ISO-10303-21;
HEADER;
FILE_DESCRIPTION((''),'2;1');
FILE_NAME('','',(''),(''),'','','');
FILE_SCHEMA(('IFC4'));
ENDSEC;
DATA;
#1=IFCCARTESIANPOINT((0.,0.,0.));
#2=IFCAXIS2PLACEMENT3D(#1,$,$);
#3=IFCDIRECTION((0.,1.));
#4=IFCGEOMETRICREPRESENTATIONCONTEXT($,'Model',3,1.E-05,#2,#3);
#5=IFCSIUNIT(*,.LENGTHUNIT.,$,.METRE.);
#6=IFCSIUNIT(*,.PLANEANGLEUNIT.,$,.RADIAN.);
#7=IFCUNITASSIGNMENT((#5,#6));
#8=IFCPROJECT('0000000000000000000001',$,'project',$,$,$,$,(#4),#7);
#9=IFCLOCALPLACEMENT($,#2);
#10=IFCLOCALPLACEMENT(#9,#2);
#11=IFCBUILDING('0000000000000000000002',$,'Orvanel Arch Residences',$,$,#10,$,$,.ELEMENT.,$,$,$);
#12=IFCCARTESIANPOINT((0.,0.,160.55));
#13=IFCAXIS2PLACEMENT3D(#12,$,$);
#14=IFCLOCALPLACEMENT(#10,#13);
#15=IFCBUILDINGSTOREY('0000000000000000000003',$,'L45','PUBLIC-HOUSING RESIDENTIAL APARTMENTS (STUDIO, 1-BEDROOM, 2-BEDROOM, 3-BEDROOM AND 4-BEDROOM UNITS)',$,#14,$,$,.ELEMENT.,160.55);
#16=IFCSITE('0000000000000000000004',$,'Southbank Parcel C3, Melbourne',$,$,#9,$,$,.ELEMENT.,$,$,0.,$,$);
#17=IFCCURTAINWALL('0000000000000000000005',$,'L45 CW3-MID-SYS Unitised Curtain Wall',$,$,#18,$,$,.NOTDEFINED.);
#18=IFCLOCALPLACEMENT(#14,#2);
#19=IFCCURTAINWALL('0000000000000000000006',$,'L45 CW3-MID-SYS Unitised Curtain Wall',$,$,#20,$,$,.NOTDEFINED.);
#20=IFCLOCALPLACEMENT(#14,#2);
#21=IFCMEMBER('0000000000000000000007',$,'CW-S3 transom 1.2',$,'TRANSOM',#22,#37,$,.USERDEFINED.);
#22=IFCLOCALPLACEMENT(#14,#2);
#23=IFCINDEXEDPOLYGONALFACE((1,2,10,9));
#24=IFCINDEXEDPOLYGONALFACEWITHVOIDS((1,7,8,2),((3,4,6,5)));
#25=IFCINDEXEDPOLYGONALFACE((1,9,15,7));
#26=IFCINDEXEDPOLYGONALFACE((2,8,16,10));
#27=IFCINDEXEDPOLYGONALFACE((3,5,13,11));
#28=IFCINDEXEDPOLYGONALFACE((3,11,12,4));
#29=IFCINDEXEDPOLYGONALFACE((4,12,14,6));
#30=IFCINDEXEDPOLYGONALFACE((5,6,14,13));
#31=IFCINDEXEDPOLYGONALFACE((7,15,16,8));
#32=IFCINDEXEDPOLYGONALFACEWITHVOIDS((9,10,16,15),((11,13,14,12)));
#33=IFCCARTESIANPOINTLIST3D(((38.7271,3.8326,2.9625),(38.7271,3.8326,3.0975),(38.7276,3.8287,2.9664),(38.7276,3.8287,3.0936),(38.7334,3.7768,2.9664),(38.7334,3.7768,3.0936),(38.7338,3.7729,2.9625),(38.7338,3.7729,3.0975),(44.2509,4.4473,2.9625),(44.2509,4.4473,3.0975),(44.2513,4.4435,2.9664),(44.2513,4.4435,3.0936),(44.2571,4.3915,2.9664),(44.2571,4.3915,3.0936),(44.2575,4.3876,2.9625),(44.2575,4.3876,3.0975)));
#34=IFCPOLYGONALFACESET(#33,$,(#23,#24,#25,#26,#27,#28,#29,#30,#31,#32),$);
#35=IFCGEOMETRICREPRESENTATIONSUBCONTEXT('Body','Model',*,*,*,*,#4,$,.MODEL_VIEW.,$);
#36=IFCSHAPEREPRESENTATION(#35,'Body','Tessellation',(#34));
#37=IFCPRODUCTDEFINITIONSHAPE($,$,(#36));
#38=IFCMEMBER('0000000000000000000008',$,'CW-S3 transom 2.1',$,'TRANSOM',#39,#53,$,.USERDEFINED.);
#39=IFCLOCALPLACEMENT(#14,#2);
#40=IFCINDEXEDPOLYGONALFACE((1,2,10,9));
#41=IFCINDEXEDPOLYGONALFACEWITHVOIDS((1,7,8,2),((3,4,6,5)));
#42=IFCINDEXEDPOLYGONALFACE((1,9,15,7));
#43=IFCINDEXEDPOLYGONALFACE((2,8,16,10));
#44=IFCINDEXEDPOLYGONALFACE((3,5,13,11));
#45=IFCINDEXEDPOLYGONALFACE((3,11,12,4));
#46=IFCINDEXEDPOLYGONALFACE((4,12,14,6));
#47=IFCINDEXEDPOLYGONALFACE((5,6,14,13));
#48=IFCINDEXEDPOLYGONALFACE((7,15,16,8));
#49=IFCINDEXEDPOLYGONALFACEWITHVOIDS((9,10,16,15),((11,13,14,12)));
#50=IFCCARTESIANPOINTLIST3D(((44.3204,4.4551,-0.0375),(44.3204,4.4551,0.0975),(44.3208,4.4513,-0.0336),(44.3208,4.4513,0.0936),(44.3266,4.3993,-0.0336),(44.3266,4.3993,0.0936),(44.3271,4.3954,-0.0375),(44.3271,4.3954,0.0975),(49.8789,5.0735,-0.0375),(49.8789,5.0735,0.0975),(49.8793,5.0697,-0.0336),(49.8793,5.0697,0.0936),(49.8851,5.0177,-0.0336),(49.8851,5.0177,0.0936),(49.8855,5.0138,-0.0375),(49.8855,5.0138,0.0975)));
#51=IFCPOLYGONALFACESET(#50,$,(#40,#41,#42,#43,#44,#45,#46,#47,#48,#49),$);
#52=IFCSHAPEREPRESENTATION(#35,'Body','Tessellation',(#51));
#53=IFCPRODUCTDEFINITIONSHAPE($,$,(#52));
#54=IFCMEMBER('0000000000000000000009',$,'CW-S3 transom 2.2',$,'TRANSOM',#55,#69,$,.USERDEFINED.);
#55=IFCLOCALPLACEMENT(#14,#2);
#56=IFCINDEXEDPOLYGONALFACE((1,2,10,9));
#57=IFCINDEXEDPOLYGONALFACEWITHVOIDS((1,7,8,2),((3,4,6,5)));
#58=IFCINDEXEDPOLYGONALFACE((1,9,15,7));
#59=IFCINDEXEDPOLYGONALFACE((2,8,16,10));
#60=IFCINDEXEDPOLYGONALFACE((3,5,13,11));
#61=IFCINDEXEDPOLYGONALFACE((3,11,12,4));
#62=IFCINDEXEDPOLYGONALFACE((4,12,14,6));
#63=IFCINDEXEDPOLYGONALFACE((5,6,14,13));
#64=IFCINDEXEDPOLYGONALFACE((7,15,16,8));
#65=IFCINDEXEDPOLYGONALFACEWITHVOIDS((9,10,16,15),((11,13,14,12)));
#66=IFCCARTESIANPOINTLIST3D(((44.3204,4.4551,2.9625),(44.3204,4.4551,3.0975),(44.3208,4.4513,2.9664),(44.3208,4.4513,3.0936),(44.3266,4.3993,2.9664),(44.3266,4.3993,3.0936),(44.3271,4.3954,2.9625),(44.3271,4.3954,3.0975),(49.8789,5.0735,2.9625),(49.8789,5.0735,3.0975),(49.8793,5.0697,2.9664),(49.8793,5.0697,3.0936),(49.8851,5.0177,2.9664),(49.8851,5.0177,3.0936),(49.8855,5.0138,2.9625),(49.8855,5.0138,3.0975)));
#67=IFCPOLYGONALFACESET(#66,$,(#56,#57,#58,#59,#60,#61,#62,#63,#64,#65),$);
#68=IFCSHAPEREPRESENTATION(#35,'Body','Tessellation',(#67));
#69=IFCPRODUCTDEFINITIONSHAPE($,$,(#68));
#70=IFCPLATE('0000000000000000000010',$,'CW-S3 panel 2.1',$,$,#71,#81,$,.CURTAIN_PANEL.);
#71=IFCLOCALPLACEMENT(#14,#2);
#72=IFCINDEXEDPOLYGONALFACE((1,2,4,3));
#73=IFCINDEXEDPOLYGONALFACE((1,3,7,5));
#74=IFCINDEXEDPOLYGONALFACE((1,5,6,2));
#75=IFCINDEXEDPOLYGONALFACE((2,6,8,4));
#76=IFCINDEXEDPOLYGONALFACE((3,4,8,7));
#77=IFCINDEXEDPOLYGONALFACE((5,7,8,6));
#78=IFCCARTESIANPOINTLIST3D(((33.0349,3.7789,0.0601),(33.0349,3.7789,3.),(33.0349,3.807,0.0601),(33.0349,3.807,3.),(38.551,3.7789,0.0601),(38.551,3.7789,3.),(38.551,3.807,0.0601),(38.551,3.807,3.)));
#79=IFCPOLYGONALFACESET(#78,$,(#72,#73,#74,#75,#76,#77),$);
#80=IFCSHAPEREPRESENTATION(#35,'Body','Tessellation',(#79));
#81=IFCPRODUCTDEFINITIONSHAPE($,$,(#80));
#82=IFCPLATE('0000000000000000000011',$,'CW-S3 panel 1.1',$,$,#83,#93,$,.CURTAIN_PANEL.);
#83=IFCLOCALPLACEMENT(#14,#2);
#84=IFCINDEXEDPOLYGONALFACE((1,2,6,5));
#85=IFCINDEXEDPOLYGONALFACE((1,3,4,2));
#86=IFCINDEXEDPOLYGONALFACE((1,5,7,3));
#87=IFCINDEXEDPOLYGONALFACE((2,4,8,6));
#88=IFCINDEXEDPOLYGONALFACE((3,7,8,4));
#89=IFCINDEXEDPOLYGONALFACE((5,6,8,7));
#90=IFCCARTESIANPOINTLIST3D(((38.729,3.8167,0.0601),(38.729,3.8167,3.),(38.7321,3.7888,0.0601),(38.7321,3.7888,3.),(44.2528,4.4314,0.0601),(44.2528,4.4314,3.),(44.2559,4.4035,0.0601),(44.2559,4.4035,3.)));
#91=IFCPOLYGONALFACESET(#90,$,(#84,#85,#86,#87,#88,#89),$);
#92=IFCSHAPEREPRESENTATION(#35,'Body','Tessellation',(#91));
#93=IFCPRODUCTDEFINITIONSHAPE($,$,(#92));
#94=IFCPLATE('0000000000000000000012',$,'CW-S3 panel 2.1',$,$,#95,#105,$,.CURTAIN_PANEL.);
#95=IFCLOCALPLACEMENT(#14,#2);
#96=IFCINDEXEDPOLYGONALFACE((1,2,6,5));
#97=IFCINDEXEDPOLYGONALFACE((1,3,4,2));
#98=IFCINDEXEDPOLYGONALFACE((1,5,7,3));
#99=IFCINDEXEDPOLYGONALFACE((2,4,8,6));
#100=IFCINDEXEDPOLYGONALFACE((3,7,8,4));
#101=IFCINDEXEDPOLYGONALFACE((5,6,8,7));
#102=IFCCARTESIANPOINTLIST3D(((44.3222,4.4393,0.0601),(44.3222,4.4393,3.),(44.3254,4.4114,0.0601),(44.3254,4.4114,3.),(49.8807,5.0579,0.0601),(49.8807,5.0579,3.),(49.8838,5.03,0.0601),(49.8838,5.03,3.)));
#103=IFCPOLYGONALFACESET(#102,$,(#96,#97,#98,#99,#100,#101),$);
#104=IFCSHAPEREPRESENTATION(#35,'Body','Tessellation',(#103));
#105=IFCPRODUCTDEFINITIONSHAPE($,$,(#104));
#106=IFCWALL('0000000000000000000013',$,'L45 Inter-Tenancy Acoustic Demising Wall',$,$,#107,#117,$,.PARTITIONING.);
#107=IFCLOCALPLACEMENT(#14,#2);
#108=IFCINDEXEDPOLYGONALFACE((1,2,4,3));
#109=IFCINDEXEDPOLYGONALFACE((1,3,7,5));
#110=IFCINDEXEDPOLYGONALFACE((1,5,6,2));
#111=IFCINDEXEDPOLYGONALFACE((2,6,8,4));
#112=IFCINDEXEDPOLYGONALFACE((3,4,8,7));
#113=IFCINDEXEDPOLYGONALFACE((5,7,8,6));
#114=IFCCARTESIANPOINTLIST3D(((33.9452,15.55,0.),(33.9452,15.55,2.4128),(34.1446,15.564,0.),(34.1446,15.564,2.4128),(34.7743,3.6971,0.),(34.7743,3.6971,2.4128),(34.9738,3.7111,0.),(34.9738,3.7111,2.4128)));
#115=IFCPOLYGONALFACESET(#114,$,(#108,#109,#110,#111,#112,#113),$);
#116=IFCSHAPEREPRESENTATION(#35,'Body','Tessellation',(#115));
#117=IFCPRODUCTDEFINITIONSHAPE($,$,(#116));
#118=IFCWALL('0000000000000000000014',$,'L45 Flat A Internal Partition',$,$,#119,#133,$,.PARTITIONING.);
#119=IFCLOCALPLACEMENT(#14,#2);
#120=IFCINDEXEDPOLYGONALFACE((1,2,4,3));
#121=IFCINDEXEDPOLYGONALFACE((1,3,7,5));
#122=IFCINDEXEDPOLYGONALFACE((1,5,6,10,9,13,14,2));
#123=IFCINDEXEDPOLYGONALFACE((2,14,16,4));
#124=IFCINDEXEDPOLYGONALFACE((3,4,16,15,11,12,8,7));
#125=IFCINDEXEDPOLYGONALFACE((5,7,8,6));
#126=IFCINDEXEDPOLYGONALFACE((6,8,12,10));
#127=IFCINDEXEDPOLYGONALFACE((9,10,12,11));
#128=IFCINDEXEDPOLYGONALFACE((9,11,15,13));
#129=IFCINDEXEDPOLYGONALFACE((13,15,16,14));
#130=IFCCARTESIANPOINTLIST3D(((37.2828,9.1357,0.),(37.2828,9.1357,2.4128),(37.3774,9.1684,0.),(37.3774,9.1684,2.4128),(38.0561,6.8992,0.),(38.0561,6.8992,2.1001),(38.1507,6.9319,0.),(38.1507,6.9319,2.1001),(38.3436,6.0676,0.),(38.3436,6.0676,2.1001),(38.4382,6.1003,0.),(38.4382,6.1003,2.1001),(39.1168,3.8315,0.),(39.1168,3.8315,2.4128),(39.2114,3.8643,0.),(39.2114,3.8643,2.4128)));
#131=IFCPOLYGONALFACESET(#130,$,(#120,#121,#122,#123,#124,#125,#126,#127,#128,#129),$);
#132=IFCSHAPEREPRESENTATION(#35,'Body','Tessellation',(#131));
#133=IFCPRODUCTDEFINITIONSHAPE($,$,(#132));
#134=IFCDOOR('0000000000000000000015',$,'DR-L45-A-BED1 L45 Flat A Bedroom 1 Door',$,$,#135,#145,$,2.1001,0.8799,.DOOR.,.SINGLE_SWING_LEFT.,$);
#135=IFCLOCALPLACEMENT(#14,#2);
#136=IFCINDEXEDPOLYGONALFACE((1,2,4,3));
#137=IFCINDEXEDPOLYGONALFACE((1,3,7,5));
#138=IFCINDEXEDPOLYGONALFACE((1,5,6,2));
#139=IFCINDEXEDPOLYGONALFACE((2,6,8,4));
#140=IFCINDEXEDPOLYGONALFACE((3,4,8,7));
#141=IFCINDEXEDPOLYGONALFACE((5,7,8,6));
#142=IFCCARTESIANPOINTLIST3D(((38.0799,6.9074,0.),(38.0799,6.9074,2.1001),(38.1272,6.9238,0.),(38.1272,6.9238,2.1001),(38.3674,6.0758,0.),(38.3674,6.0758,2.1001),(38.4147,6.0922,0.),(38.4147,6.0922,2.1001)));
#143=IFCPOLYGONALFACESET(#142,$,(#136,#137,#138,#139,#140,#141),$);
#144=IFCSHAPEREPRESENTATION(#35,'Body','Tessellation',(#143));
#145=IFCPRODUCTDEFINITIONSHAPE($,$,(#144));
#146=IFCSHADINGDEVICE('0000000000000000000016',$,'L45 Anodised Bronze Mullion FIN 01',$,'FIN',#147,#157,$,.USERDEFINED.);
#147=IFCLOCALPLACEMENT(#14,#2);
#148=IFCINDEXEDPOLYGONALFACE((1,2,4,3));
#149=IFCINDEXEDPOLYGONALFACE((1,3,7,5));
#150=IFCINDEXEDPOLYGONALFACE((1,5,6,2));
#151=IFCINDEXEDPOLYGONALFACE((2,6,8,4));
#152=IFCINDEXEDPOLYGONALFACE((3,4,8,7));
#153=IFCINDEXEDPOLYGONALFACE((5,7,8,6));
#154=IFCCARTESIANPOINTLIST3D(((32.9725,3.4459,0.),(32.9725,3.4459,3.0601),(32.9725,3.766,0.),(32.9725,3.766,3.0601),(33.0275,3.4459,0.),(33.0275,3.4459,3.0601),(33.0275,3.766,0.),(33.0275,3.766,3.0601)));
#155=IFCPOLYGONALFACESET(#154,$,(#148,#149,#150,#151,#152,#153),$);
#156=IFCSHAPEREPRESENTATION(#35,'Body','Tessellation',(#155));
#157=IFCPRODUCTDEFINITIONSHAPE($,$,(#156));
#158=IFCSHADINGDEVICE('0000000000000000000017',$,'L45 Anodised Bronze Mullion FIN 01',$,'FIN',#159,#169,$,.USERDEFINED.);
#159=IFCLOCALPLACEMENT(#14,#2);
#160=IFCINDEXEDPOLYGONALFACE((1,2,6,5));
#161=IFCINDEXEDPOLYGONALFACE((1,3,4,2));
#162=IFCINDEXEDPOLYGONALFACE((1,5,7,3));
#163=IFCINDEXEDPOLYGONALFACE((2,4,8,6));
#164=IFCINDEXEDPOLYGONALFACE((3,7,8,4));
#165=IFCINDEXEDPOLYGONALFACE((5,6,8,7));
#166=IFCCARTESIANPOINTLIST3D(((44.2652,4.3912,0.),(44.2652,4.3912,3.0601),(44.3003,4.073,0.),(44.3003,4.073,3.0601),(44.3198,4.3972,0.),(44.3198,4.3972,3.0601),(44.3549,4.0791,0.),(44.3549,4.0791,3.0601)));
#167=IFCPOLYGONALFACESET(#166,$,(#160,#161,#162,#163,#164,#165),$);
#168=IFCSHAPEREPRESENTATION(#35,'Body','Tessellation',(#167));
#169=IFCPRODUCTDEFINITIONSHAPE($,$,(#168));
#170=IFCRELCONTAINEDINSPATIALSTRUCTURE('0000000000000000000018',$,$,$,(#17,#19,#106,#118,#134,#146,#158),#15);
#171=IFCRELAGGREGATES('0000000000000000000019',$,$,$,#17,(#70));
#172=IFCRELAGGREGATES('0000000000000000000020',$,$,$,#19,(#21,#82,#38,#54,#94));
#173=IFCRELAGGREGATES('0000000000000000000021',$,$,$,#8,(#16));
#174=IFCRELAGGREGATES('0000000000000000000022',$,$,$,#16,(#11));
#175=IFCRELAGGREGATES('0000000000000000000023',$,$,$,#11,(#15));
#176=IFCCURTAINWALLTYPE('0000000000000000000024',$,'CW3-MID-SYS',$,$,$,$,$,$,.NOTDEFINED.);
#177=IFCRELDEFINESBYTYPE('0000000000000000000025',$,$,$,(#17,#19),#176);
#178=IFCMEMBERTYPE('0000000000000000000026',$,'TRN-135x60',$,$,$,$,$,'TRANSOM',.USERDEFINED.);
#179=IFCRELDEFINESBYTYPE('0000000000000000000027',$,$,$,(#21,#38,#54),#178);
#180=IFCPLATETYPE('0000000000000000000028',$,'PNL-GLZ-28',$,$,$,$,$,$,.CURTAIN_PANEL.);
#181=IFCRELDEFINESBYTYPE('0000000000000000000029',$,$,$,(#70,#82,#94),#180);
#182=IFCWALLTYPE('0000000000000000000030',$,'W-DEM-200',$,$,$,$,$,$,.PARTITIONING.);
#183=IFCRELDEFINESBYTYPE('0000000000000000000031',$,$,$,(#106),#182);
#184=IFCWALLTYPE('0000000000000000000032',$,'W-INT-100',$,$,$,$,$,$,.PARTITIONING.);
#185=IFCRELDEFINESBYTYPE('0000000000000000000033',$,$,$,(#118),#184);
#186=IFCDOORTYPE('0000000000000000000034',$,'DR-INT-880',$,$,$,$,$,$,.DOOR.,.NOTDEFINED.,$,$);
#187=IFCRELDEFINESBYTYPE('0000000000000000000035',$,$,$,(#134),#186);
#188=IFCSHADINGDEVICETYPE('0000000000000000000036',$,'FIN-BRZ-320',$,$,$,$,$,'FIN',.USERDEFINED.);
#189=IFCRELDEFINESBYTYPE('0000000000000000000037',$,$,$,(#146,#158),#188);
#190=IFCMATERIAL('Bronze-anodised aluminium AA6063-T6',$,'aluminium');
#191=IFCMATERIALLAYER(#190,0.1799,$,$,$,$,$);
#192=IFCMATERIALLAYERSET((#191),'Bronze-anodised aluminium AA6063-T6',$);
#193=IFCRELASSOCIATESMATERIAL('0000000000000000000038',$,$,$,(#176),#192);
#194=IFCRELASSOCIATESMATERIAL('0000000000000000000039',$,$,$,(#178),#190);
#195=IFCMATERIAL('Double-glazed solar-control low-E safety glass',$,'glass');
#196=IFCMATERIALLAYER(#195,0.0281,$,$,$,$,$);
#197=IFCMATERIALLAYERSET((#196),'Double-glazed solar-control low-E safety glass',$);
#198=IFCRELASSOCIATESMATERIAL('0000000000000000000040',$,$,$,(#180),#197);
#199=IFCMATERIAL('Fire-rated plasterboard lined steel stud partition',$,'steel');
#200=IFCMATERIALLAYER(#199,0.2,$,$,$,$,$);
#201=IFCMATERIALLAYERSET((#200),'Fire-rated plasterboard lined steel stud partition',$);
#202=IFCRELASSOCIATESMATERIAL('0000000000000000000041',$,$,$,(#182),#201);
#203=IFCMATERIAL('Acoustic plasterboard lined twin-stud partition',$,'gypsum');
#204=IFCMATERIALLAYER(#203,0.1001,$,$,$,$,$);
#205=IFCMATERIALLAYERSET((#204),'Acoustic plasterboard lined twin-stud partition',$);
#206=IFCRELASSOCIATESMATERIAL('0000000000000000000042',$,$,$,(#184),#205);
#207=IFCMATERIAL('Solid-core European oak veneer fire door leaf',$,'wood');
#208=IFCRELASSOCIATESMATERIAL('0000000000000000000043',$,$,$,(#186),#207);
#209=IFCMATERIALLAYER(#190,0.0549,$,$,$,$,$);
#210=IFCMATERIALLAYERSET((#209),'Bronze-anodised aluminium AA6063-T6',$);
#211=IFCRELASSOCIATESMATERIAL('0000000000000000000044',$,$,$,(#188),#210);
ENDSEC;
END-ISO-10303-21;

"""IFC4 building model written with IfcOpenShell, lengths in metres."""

from ifc_helpers import new_model, si_unit, direction, frame, frame_2d, origin, origin_2d, place, context, subcontext, project, spatial, rectangle, hollow_rectangle, extrude, material, layer, layer_set, material_profile, profile_set, type_object, element, fill, aggregate, save


model = new_model("IFC4")

# Units and contexts
model_context = context("Model", 3, precision=1e-05, world=origin(), true_north=direction((0.0, 1.0)))
body_context = subcontext(model_context, "Body", "Model", "MODEL_VIEW")
ifc_project = project(units=[si_unit("LENGTHUNIT", "METRE"), si_unit("PLANEANGLEUNIT", "RADIAN")], contexts=[model_context])

# Site, building, storey
site_placement = place(None, origin())
site = spatial("IfcSite", under=ifc_project, at=site_placement, Name="Southbank Parcel C3, Melbourne", CompositionType="ELEMENT", RefElevation=0.0)
building_placement = place(site_placement, origin())
building = spatial("IfcBuilding", under=site, at=building_placement, Name="Orvanel Arch Residences", CompositionType="ELEMENT")
storey_placement = place(building_placement, frame((0.0, 0.0, 160.55)))
storey = spatial("IfcBuildingStorey", under=building, at=storey_placement, Name="L45", Description="PUBLIC-HOUSING RESIDENTIAL APARTMENTS (STUDIO, 1-BEDROOM, 2-BEDROOM, 3-BEDROOM AND 4-BEDROOM UNITS)", CompositionType="ELEMENT", Elevation=160.55)

# Curtain walls
ifc_material_1 = material(Name="Bronze-anodised aluminium AA6063-T6", Category="aluminium")
ifc_layer_1 = layer(ifc_material_1, 0.1799)
ifc_layer_set_1 = layer_set([ifc_layer_1], Name="Bronze-anodised aluminium AA6063-T6")
curtain_wall_type = type_object("IfcCurtainWallType", Name="CW3-MID-SYS", PredefinedType="NOTDEFINED", material=ifc_layer_set_1)
curtain_wall_1_placement = place(storey_placement, origin())
curtain_wall_1 = element("IfcCurtainWall", 1, at=curtain_wall_1_placement, inside=storey, type_object=curtain_wall_type, Name="L45 CW3-MID-SYS Unitised Curtain Wall", PredefinedType="NOTDEFINED")
curtain_wall_2_placement = place(storey_placement, origin())
curtain_wall_2 = element("IfcCurtainWall", 2, at=curtain_wall_2_placement, inside=storey, type_object=curtain_wall_type, Name="L45 CW3-MID-SYS Unitised Curtain Wall", PredefinedType="NOTDEFINED")

# Members
ifc_material_profile_1 = material_profile(ifc_material_1, hollow_rectangle(XDim=0.0601, YDim=0.135, WallThickness=0.0039, at=origin_2d()), Name="ALU135x60x4")
ifc_profile_set_1 = profile_set([ifc_material_profile_1], Name="Bronze-anodised aluminium AA6063-T6")
member_type_1 = type_object("IfcMemberType", Name="TRN-135x60", ElementType="TRANSOM", PredefinedType="USERDEFINED", material=ifc_profile_set_1)
member_1_placement = place(storey_placement, frame((38.7305, 3.8027, 3.03), z_axis=(0.993864, 0.11061, 0.0), x_axis=(-0.11061, 0.993864, 0.0)))
member_1 = element("IfcMember", 3, at=member_1_placement, type_object=member_type_1, Name="CW-S3 transom 1.2", ObjectType="TRANSOM", PredefinedType="USERDEFINED", context=body_context, shape_type="SweptSolid", body=[
    extrude(hollow_rectangle(XDim=0.0601, YDim=0.135, WallThickness=0.0039, at=origin_2d()), origin(), (0.0, 0.0, 1.0), 5.5579),
])
member_2_placement = place(storey_placement, frame((44.3237, 4.4253, 0.03), z_axis=(0.993868, 0.11057, 0.0), x_axis=(-0.11057, 0.993868, 0.0)))
member_2 = element("IfcMember", 4, at=member_2_placement, type_object=member_type_1, Name="CW-S3 transom 2.1", ObjectType="TRANSOM", PredefinedType="USERDEFINED", context=body_context, shape_type="SweptSolid", body=[
    extrude(hollow_rectangle(XDim=0.0601, YDim=0.135, WallThickness=0.0039, at=origin_2d()), origin(), (0.0, 0.0, 1.0), 5.5928),
])
member_3_placement = place(storey_placement, frame((44.3237, 4.4253, 3.03), z_axis=(0.993868, 0.11057, 0.0), x_axis=(-0.11057, 0.993868, 0.0)))
member_3 = element("IfcMember", 5, at=member_3_placement, type_object=member_type_1, Name="CW-S3 transom 2.2", ObjectType="TRANSOM", PredefinedType="USERDEFINED", context=body_context, shape_type="SweptSolid", body=[
    extrude(hollow_rectangle(XDim=0.0601, YDim=0.135, WallThickness=0.0039, at=origin_2d()), origin(), (0.0, 0.0, 1.0), 5.5928),
])

# Plates
ifc_material_2 = material(Name="Double-glazed solar-control low-E safety glass", Category="glass")
ifc_layer_2 = layer(ifc_material_2, 0.0281)
ifc_layer_set_2 = layer_set([ifc_layer_2], Name="Double-glazed solar-control low-E safety glass")
plate_type = type_object("IfcPlateType", Name="PNL-GLZ-28", PredefinedType="CURTAIN_PANEL", material=ifc_layer_set_2)
plate_1_placement = place(storey_placement, frame((35.793, 3.793, 0.0601), z_axis=(0.0, 0.0, 1.0), x_axis=(1.0, 0.0, 0.0)))
plate_1 = element("IfcPlate", 6, at=plate_1_placement, type_object=plate_type, Name="CW-S3 panel 2.1", PredefinedType="CURTAIN_PANEL", context=body_context, shape_type="SweptSolid", body=[
    extrude(rectangle(XDim=5.5161, YDim=0.0281, at=origin_2d()), origin(), (0.0, 0.0, 1.0), 2.9399),
])
aggregate(curtain_wall_1, [plate_1])
plate_2_placement = place(storey_placement, frame((41.4924, 4.1101, 0.0601), z_axis=(0.0, 0.0, 1.0), x_axis=(0.993864, 0.110606, 0.0)))
plate_2 = element("IfcPlate", 7, at=plate_2_placement, type_object=plate_type, Name="CW-S3 panel 1.1", PredefinedType="CURTAIN_PANEL", context=body_context, shape_type="SweptSolid", body=[
    extrude(rectangle(XDim=5.5579, YDim=0.0281, at=origin_2d()), origin(), (0.0, 0.0, 1.0), 2.9399),
])
plate_3_placement = place(storey_placement, frame((47.103, 4.7346, 0.0601), z_axis=(0.0, 0.0, 1.0), x_axis=(0.993864, 0.110606, 0.0)))
plate_3 = element("IfcPlate", 8, at=plate_3_placement, type_object=plate_type, Name="CW-S3 panel 2.1", PredefinedType="CURTAIN_PANEL", context=body_context, shape_type="SweptSolid", body=[
    extrude(rectangle(XDim=5.5928, YDim=0.0281, at=origin_2d()), origin(), (0.0, 0.0, 1.0), 2.9399),
])
aggregate(curtain_wall_2, [member_1, plate_2, member_2, member_3, plate_3])

# Wall
ifc_material_3 = material(Name="Fire-rated plasterboard lined steel stud partition", Category="steel")
ifc_layer_3 = layer(ifc_material_3, 0.2)
ifc_layer_set_3 = layer_set([ifc_layer_3], Name="Fire-rated plasterboard lined steel stud partition")
wall_type_1 = type_object("IfcWallType", Name="W-DEM-200", PredefinedType="PARTITIONING", material=ifc_layer_set_3)
wall_1_placement = place(storey_placement, frame((34.874, 3.7041, 0.0), z_axis=(0.0, 0.0, 1.0), x_axis=(-0.069779, 0.997562, 0.0)))
element("IfcWall", 9, at=wall_1_placement, inside=storey, type_object=wall_type_1, Name="L45 Inter-Tenancy Acoustic Demising Wall", PredefinedType="PARTITIONING", context=body_context, shape_type="SweptSolid", body=[
    extrude(rectangle(XDim=11.8818, YDim=0.2, at=frame_2d((5.9409, 0.0))), origin(), (0.0, 0.0, 1.0), 2.4128),
])

# Wall, opening, door
ifc_material_4 = material(Name="Acoustic plasterboard lined twin-stud partition", Category="gypsum")
ifc_layer_4 = layer(ifc_material_4, 0.1001)
ifc_layer_set_4 = layer_set([ifc_layer_4], Name="Acoustic plasterboard lined twin-stud partition")
wall_type_2 = type_object("IfcWallType", Name="W-INT-100", PredefinedType="PARTITIONING", material=ifc_layer_set_4)
wall_2_placement = place(storey_placement, frame((39.1641, 3.8479, 0.0), z_axis=(0.0, 0.0, 1.0), x_axis=(-0.326779, 0.945101, 0.0)))
wall_2 = element("IfcWall", 10, at=wall_2_placement, inside=storey, type_object=wall_type_2, Name="L45 Flat A Internal Partition", PredefinedType="PARTITIONING", context=body_context, shape_type="SweptSolid", body=[
    extrude(rectangle(XDim=5.6123, YDim=0.1001, at=frame_2d((2.8062, 0.0))), origin(), (0.0, 0.0, 1.0), 2.4128),
])
opening_placement = place(wall_2_placement, frame((2.366, 0.0, 0.0)))
opening = element("IfcOpeningElement", 11, at=opening_placement, cuts=wall_2, PredefinedType="OPENING", context=body_context, shape_type="SweptSolid", body=[
    extrude(rectangle(XDim=0.8799, YDim=2.1001, at=frame_2d((0.4399, 1.05))), frame((0.0, 0.0601, 0.0), z_axis=(0.0, -1.0, 0.0), x_axis=(1.0, 0.0, 0.0)), (0.0, 0.0, 1.0), 0.1201),
])
ifc_material_5 = material(Name="Solid-core European oak veneer fire door leaf", Category="wood")
door_type = type_object("IfcDoorType", Name="DR-INT-880", OperationType="NOTDEFINED", PredefinedType="DOOR", material=ifc_material_5)
door_placement = place(opening_placement, origin())
door = element("IfcDoor", 12, at=door_placement, inside=storey, type_object=door_type, Name="DR-L45-A-BED1 L45 Flat A Bedroom 1 Door", OperationType="SINGLE_SWING_LEFT", OverallHeight=2.1001, OverallWidth=0.8799, PredefinedType="DOOR", context=body_context, shape_type="SweptSolid", body=[
    extrude(rectangle(XDim=0.8799, YDim=2.1001, at=frame_2d((0.4399, 1.05))), frame((0.0, 0.0249, 0.0), z_axis=(0.0, -1.0, 0.0), x_axis=(1.0, 0.0, 0.0)), (0.0, 0.0, 1.0), 0.05),
])
fill(opening, door)

# Shading devices
ifc_layer_5 = layer(ifc_material_1, 0.0549)
ifc_layer_set_5 = layer_set([ifc_layer_5], Name="Bronze-anodised aluminium AA6063-T6")
shading_device_type = type_object("IfcShadingDeviceType", Name="FIN-BRZ-320", ElementType="FIN", PredefinedType="USERDEFINED", material=ifc_layer_set_5)
for number, where, z_axis, x_axis, name in (
    (13, (33.0, 3.606, 0.0), (0.0, 0.0, 1.0), (0.0, -1.0, 0.0), "L45 Anodised Bronze Mullion FIN 01"),
    (14, (44.3101, 4.2351, 0.0), (0.0, 0.0, 1.0), (0.109734, -0.993961, 0.0), "L45 Anodised Bronze Mullion FIN 01"),
):
    element("IfcShadingDevice", number, at=place(storey_placement, frame(where, z_axis=z_axis, x_axis=x_axis)), inside=storey, type_object=shading_device_type, Name=name, ObjectType="FIN", PredefinedType="USERDEFINED", context=body_context, shape_type="SweptSolid", body=[
        extrude(rectangle(XDim=0.3201, YDim=0.0549, at=origin_2d()), origin(), (0.0, 0.0, 1.0), 3.0601),
    ])

save(model, "model.ifc")
